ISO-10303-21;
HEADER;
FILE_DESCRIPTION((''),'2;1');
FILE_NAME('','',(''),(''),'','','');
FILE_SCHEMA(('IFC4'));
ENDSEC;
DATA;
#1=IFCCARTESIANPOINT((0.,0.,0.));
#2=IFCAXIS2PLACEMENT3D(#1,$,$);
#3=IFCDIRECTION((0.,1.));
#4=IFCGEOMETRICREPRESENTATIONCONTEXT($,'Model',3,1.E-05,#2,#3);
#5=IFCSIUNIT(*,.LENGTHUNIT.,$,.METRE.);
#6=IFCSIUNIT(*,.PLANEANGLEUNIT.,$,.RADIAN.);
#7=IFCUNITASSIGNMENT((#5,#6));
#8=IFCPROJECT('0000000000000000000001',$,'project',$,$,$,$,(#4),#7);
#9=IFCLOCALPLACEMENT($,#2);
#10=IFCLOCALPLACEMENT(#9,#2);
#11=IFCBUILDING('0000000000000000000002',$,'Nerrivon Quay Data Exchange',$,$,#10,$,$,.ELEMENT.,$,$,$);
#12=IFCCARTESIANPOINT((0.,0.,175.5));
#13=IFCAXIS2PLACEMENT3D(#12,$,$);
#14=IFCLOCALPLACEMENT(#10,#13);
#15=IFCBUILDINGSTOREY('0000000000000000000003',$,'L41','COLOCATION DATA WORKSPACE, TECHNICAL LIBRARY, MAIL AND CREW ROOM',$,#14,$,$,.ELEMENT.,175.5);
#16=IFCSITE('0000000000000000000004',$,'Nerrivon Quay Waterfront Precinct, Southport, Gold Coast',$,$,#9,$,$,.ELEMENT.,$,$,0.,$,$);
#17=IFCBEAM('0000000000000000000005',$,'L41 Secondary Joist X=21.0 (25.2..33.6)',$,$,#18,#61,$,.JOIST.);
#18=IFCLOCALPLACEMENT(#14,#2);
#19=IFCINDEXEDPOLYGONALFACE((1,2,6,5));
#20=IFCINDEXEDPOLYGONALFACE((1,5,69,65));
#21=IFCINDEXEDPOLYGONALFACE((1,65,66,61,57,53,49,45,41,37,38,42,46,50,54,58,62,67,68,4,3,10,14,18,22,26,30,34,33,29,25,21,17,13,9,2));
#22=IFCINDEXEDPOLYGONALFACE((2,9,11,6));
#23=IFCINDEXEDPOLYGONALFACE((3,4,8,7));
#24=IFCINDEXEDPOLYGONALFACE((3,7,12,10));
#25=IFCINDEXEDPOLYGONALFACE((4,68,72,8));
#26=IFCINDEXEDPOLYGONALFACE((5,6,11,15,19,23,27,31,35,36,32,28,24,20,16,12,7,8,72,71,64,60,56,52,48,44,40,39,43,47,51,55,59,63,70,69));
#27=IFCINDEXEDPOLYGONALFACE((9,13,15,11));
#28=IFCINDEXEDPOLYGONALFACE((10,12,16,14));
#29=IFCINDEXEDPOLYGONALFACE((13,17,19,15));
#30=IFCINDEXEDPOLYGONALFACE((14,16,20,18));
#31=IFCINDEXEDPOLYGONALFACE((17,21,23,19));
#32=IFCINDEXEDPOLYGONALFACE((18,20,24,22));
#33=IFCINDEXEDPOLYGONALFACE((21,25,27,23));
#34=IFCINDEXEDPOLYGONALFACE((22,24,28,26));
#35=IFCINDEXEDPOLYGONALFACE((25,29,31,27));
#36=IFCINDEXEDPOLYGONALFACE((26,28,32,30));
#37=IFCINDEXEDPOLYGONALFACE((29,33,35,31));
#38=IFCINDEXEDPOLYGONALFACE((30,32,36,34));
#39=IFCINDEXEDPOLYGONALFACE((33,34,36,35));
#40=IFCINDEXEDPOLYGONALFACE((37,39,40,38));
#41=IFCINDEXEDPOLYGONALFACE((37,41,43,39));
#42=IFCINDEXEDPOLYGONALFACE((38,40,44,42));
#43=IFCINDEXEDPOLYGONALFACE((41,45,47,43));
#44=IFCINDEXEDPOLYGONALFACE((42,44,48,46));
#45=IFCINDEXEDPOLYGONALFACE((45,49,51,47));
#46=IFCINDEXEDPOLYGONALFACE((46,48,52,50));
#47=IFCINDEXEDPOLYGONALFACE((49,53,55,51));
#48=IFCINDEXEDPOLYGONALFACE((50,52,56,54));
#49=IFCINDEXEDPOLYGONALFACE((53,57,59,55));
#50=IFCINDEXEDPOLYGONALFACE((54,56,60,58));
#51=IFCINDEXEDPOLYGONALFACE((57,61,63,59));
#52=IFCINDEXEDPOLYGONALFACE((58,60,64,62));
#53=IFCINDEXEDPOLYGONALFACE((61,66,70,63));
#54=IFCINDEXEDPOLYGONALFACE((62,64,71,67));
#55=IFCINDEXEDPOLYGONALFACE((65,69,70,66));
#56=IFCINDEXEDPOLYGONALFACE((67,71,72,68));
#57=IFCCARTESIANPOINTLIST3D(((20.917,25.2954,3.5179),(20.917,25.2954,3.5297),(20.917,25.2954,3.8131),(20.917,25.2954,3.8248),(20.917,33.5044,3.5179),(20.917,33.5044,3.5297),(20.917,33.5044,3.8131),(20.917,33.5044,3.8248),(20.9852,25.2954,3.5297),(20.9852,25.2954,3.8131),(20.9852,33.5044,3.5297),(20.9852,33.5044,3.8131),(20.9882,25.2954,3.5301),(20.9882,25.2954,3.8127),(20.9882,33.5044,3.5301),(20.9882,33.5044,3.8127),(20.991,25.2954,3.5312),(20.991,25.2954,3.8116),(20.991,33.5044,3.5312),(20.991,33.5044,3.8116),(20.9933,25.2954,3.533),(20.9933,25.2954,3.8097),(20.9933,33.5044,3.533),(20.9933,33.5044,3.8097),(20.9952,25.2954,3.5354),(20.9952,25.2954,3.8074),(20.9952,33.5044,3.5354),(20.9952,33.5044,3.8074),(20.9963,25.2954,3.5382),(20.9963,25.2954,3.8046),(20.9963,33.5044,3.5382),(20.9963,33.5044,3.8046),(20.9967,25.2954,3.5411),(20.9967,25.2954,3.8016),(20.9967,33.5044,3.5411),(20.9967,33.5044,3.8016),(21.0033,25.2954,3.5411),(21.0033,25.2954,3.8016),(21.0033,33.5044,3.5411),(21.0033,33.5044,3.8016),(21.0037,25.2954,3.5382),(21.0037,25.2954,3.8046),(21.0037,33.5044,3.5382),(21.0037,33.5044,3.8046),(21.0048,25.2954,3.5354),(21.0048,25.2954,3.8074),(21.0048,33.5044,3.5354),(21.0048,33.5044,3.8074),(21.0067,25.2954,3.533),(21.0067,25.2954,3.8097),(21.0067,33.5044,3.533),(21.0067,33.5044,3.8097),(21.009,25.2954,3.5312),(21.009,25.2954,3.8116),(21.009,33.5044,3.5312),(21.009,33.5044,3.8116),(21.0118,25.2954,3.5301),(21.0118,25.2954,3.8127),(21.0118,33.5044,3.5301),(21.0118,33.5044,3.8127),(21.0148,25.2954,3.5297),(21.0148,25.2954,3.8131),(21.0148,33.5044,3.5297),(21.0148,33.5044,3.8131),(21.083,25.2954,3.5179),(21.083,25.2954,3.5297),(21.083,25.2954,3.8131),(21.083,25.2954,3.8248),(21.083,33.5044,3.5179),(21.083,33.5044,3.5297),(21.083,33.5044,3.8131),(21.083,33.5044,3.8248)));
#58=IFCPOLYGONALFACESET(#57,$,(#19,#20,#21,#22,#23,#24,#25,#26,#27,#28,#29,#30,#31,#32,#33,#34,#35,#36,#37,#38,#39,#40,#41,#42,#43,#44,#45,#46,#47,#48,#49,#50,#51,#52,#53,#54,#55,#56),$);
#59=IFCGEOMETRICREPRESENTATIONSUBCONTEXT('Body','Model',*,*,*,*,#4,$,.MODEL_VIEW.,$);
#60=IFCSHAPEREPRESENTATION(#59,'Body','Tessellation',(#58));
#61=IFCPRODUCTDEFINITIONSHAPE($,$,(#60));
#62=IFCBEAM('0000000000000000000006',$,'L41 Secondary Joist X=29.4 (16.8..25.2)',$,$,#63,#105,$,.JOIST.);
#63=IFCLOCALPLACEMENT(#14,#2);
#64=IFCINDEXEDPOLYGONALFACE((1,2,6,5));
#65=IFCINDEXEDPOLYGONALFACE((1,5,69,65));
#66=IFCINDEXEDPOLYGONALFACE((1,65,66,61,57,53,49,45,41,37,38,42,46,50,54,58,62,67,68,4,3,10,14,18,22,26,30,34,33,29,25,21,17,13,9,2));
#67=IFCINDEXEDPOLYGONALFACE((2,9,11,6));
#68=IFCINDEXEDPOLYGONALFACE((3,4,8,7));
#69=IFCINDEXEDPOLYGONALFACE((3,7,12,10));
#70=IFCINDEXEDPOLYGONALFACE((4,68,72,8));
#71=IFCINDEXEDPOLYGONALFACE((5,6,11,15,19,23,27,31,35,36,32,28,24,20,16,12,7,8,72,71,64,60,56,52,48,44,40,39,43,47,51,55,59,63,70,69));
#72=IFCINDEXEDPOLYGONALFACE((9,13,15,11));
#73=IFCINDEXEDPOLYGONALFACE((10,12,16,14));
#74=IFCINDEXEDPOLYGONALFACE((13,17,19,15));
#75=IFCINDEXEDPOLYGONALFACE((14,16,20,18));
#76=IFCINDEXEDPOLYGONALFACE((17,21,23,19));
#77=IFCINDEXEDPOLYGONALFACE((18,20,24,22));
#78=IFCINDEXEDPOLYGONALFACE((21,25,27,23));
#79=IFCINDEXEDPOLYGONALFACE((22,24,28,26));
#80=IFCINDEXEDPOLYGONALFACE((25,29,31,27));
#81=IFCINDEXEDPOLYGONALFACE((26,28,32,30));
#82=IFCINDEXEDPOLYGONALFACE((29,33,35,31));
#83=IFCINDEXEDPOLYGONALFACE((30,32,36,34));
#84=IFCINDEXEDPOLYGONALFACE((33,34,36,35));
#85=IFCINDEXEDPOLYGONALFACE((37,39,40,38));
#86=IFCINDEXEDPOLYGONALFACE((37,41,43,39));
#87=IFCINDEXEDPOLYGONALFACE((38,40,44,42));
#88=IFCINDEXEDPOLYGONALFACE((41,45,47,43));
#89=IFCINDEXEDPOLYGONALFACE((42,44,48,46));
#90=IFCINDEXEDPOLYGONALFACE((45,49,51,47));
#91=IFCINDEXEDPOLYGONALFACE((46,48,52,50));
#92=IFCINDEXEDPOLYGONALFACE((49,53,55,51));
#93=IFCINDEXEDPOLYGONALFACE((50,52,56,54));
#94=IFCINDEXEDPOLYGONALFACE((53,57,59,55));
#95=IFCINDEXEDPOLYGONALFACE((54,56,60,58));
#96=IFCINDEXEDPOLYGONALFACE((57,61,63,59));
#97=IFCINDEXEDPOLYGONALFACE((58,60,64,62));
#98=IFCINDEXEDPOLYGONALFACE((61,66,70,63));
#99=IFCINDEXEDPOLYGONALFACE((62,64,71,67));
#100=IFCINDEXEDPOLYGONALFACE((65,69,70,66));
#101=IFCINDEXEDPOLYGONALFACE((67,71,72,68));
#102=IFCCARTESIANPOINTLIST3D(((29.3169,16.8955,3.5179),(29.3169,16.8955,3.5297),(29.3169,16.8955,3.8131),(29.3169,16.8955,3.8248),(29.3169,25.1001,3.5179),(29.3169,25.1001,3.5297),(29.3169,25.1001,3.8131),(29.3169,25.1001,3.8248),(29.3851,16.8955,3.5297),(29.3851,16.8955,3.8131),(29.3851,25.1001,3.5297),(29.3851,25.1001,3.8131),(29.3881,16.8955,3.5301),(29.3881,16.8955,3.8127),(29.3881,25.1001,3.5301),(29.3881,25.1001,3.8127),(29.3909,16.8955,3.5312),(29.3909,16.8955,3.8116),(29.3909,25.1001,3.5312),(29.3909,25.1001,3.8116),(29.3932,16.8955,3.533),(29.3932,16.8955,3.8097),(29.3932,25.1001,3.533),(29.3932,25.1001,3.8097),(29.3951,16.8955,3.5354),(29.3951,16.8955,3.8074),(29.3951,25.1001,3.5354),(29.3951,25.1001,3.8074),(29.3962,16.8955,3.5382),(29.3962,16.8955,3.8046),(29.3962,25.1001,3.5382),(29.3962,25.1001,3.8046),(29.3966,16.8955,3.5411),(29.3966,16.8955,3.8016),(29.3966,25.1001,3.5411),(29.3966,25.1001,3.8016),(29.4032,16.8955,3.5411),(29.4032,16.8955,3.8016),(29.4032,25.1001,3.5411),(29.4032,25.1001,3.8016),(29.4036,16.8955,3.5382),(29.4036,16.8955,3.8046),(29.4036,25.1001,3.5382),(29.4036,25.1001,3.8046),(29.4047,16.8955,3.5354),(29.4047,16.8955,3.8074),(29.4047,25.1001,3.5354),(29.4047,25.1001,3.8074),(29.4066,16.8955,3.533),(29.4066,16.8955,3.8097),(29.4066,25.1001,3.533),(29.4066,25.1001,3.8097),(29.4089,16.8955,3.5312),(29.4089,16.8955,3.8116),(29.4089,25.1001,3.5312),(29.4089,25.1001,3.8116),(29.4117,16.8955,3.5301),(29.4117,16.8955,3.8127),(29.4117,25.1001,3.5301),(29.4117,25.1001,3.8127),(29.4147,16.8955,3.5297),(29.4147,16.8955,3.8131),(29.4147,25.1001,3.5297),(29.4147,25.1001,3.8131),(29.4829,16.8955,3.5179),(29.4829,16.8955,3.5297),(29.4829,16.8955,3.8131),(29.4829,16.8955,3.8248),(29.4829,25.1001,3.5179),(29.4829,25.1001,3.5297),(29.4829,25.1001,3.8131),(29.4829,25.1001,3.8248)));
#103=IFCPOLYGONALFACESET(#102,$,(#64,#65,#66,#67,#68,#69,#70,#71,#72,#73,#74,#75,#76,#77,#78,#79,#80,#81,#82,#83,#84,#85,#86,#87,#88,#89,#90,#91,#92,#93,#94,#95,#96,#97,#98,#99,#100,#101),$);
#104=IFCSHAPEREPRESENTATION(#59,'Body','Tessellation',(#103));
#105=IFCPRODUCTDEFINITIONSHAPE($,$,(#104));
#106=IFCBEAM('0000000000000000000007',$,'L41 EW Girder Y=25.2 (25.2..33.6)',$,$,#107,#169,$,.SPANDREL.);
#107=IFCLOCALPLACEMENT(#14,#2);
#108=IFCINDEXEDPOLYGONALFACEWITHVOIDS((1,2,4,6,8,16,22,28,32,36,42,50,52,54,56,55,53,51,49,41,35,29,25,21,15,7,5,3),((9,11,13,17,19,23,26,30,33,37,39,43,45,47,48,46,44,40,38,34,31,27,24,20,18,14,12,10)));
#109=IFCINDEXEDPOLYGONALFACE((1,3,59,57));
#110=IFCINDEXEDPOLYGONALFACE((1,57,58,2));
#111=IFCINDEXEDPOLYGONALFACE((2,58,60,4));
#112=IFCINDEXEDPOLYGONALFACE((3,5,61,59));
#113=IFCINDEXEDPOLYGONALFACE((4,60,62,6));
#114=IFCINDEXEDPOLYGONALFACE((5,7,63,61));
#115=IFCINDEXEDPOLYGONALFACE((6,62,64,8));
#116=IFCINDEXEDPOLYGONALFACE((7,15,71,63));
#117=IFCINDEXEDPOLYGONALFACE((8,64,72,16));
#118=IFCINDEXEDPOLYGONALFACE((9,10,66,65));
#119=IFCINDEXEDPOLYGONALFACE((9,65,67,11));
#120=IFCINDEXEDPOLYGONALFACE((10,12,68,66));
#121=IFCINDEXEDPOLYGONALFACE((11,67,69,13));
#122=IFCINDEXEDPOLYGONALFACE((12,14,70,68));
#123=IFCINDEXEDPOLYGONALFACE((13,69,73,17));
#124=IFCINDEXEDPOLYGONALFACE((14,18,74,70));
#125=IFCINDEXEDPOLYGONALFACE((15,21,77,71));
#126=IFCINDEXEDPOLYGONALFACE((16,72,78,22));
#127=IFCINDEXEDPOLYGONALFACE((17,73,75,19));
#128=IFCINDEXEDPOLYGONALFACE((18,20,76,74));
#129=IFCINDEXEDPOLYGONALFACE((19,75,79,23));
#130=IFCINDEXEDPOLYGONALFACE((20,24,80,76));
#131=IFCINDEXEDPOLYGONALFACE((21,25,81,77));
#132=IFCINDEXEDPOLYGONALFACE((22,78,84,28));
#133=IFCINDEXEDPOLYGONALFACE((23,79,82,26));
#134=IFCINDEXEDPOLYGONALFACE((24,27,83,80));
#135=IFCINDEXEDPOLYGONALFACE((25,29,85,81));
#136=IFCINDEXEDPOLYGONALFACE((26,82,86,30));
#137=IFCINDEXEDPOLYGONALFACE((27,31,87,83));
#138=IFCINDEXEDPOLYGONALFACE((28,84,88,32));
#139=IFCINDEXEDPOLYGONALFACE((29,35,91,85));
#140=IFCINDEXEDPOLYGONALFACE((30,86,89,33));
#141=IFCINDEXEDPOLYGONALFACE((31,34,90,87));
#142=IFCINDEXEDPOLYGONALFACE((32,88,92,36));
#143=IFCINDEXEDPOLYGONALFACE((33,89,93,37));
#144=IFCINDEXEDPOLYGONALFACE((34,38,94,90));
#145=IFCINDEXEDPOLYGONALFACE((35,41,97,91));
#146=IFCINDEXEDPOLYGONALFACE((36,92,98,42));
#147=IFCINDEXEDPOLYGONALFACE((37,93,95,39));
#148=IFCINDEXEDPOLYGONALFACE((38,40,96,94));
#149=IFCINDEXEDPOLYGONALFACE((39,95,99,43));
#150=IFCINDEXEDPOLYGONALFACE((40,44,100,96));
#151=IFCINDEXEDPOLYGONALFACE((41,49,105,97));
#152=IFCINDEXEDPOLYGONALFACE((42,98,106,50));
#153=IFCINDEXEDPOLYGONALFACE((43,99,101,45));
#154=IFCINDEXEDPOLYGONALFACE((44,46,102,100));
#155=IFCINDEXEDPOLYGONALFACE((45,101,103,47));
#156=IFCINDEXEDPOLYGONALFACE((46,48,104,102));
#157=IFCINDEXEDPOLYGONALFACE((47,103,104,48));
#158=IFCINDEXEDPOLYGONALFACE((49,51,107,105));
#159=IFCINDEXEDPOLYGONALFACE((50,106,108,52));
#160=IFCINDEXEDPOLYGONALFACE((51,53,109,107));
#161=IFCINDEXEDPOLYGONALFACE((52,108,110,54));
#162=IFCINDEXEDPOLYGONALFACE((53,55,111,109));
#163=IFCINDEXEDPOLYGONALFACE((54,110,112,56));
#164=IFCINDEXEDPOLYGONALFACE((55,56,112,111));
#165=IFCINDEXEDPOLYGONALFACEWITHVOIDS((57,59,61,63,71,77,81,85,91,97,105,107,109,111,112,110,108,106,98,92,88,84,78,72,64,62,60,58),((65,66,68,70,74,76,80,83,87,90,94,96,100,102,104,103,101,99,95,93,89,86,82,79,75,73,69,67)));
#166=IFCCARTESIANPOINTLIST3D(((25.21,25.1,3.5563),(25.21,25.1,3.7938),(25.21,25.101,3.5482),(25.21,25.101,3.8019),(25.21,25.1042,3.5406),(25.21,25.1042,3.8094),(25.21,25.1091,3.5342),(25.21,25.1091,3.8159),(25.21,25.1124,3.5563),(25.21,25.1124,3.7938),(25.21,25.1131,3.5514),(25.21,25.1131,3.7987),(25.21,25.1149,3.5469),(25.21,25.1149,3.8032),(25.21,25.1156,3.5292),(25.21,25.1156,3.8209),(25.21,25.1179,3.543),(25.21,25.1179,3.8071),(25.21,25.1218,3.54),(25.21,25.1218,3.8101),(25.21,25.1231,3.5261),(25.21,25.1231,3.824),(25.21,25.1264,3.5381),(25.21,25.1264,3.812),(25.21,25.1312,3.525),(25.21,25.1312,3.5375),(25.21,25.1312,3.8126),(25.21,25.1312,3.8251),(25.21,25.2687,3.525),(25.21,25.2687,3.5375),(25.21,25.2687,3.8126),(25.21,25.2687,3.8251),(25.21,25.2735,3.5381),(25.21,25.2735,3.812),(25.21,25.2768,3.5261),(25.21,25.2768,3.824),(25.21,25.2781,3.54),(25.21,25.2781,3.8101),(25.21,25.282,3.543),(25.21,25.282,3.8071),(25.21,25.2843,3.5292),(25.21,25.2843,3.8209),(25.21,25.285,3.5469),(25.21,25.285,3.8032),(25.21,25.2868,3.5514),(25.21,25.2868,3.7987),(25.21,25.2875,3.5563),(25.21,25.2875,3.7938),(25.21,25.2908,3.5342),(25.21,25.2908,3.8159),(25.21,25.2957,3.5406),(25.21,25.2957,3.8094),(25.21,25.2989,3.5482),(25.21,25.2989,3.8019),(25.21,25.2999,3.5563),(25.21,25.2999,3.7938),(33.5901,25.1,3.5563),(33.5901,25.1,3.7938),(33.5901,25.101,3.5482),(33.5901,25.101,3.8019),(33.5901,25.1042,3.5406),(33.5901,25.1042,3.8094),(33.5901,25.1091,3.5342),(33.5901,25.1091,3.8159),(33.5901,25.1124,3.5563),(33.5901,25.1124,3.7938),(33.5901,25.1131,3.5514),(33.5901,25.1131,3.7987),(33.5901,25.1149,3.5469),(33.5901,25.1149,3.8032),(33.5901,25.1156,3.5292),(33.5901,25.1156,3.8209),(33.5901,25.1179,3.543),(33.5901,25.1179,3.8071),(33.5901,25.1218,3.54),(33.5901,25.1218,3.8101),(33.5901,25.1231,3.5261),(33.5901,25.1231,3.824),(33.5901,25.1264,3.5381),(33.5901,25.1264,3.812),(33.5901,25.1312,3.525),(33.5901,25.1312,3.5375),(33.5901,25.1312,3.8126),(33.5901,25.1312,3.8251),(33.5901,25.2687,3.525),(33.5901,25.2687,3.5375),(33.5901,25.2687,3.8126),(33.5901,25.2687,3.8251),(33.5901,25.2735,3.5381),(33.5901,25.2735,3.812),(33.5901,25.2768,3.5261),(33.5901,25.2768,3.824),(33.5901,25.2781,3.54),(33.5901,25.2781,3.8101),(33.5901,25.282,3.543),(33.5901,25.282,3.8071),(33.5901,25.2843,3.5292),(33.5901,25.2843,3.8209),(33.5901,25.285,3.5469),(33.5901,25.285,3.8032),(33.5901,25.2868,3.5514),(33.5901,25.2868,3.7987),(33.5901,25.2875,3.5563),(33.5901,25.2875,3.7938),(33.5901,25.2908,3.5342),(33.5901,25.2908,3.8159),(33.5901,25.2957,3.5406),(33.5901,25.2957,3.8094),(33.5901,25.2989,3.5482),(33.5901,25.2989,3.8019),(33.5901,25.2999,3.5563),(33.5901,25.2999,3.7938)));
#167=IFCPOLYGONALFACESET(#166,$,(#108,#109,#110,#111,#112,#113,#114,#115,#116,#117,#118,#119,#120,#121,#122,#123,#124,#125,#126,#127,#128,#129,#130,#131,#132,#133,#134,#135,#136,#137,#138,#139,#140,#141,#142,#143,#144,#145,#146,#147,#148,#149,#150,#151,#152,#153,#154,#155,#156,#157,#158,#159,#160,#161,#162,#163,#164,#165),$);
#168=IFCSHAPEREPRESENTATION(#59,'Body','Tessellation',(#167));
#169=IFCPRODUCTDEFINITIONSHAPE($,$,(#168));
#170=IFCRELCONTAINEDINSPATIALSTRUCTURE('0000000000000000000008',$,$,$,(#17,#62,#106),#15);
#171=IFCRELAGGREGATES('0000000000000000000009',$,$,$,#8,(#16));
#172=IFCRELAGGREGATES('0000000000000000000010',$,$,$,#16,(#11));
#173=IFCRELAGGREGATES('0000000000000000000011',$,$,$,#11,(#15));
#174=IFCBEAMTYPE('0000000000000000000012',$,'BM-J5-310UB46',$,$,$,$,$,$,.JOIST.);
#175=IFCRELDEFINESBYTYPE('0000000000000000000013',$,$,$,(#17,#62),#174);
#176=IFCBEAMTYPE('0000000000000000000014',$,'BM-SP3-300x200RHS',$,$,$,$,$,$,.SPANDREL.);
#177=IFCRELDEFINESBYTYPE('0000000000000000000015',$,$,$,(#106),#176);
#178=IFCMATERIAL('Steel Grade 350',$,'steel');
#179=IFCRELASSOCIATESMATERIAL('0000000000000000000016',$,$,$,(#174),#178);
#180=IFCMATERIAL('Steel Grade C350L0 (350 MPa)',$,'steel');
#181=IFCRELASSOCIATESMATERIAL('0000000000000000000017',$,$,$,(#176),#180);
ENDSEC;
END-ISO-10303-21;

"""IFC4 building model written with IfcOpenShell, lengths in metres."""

from ifc_helpers import new_model, si_unit, direction, frame, origin, origin_2d, place, context, subcontext, project, spatial, hollow_rectangle, i_section, extrude, material, material_profile, profile_set, type_object, element, save


model = new_model("IFC4")

# Units and contexts
model_context = context("Model", 3, precision=1e-05, world=origin(), true_north=direction((0.0, 1.0)))
body_context = subcontext(model_context, "Body", "Model", "MODEL_VIEW")
ifc_project = project(units=[si_unit("LENGTHUNIT", "METRE"), si_unit("PLANEANGLEUNIT", "RADIAN")], contexts=[model_context])

# Site, building, storey
site_placement = place(None, origin())
site = spatial("IfcSite", under=ifc_project, at=site_placement, Name="Nerrivon Quay Waterfront Precinct, Southport, Gold Coast", CompositionType="ELEMENT", RefElevation=0.0)
building_placement = place(site_placement, origin())
building = spatial("IfcBuilding", under=site, at=building_placement, Name="Nerrivon Quay Data Exchange", CompositionType="ELEMENT")
storey_placement = place(building_placement, frame((0.0, 0.0, 175.5)))
storey = spatial("IfcBuildingStorey", under=building, at=storey_placement, Name="L41", Description="COLOCATION DATA WORKSPACE, TECHNICAL LIBRARY, MAIL AND CREW ROOM", CompositionType="ELEMENT", Elevation=175.5)

# Shared definitions
ifc_material_1 = material(Name="Steel Grade 350", Category="steel")

# Beams
ifc_material_profile_1 = material_profile(ifc_material_1, i_section(OverallWidth=0.166, OverallDepth=0.3069, WebThickness=0.0066, FlangeThickness=0.0117, FilletRadius=0.0115, at=origin_2d()), Name="310UB46.2")
ifc_profile_set_1 = profile_set([ifc_material_profile_1], Name="Steel Grade 350")
beam_type_1 = type_object("IfcBeamType", Name="BM-J5-310UB46", PredefinedType="JOIST", material=ifc_profile_set_1)
for number, where, z_axis, x_axis, name in (
    (1, (21.0, 25.2954, 3.6714), (0.0, 1.0, 0.0), (-1.0, 0.0, 0.0), "L41 Secondary Joist X=21.0 (25.2..33.6)"),
):
    element("IfcBeam", number, at=place(storey_placement, frame(where, z_axis=z_axis, x_axis=x_axis)), inside=storey, type_object=beam_type_1, Name=name, PredefinedType="JOIST", context=body_context, shape_type="SweptSolid", body=[
        extrude(i_section(OverallWidth=0.166, OverallDepth=0.3069, WebThickness=0.0066, FlangeThickness=0.0117, FilletRadius=0.0115, at=origin_2d()), origin(), (0.0, 0.0, 1.0), 8.209),
    ])
beam_1_placement = place(storey_placement, frame((29.3999, 16.8955, 3.6714), z_axis=(0.0, 1.0, 0.0), x_axis=(-1.0, 0.0, 0.0)))
element("IfcBeam", 2, at=beam_1_placement, inside=storey, type_object=beam_type_1, Name="L41 Secondary Joist X=29.4 (16.8..25.2)", PredefinedType="JOIST", context=body_context, shape_type="SweptSolid", body=[
    extrude(i_section(OverallWidth=0.166, OverallDepth=0.3069, WebThickness=0.0066, FlangeThickness=0.0117, FilletRadius=0.0115, at=origin_2d()), origin(), (0.0, 0.0, 1.0), 8.2046),
])
ifc_material_2 = material(Name="Steel Grade C350L0 (350 MPa)", Category="steel")
ifc_material_profile_2 = material_profile(ifc_material_2, hollow_rectangle(XDim=0.2, YDim=0.3, WallThickness=0.0125, InnerFilletRadius=0.0188, OuterFilletRadius=0.0312, at=origin_2d()), Name="300x200x12.5RHS")
ifc_profile_set_2 = profile_set([ifc_material_profile_2], Name="Steel Grade C350L0 (350 MPa)")
beam_type_2 = type_object("IfcBeamType", Name="BM-SP3-300x200RHS", PredefinedType="SPANDREL", material=ifc_profile_set_2)
beam_2_placement = place(storey_placement, frame((25.21, 25.2, 3.675), z_axis=(1.0, 0.0, 0.0), x_axis=(0.0, 1.0, 0.0)))
element("IfcBeam", 3, at=beam_2_placement, inside=storey, type_object=beam_type_2, Name="L41 EW Girder Y=25.2 (25.2..33.6)", PredefinedType="SPANDREL", context=body_context, shape_type="SweptSolid", body=[
    extrude(hollow_rectangle(XDim=0.2, YDim=0.3, WallThickness=0.0125, InnerFilletRadius=0.0188, OuterFilletRadius=0.0312, at=origin_2d()), origin(), (0.0, 0.0, 1.0), 8.3801),
])

save(model, "model.ifc")
